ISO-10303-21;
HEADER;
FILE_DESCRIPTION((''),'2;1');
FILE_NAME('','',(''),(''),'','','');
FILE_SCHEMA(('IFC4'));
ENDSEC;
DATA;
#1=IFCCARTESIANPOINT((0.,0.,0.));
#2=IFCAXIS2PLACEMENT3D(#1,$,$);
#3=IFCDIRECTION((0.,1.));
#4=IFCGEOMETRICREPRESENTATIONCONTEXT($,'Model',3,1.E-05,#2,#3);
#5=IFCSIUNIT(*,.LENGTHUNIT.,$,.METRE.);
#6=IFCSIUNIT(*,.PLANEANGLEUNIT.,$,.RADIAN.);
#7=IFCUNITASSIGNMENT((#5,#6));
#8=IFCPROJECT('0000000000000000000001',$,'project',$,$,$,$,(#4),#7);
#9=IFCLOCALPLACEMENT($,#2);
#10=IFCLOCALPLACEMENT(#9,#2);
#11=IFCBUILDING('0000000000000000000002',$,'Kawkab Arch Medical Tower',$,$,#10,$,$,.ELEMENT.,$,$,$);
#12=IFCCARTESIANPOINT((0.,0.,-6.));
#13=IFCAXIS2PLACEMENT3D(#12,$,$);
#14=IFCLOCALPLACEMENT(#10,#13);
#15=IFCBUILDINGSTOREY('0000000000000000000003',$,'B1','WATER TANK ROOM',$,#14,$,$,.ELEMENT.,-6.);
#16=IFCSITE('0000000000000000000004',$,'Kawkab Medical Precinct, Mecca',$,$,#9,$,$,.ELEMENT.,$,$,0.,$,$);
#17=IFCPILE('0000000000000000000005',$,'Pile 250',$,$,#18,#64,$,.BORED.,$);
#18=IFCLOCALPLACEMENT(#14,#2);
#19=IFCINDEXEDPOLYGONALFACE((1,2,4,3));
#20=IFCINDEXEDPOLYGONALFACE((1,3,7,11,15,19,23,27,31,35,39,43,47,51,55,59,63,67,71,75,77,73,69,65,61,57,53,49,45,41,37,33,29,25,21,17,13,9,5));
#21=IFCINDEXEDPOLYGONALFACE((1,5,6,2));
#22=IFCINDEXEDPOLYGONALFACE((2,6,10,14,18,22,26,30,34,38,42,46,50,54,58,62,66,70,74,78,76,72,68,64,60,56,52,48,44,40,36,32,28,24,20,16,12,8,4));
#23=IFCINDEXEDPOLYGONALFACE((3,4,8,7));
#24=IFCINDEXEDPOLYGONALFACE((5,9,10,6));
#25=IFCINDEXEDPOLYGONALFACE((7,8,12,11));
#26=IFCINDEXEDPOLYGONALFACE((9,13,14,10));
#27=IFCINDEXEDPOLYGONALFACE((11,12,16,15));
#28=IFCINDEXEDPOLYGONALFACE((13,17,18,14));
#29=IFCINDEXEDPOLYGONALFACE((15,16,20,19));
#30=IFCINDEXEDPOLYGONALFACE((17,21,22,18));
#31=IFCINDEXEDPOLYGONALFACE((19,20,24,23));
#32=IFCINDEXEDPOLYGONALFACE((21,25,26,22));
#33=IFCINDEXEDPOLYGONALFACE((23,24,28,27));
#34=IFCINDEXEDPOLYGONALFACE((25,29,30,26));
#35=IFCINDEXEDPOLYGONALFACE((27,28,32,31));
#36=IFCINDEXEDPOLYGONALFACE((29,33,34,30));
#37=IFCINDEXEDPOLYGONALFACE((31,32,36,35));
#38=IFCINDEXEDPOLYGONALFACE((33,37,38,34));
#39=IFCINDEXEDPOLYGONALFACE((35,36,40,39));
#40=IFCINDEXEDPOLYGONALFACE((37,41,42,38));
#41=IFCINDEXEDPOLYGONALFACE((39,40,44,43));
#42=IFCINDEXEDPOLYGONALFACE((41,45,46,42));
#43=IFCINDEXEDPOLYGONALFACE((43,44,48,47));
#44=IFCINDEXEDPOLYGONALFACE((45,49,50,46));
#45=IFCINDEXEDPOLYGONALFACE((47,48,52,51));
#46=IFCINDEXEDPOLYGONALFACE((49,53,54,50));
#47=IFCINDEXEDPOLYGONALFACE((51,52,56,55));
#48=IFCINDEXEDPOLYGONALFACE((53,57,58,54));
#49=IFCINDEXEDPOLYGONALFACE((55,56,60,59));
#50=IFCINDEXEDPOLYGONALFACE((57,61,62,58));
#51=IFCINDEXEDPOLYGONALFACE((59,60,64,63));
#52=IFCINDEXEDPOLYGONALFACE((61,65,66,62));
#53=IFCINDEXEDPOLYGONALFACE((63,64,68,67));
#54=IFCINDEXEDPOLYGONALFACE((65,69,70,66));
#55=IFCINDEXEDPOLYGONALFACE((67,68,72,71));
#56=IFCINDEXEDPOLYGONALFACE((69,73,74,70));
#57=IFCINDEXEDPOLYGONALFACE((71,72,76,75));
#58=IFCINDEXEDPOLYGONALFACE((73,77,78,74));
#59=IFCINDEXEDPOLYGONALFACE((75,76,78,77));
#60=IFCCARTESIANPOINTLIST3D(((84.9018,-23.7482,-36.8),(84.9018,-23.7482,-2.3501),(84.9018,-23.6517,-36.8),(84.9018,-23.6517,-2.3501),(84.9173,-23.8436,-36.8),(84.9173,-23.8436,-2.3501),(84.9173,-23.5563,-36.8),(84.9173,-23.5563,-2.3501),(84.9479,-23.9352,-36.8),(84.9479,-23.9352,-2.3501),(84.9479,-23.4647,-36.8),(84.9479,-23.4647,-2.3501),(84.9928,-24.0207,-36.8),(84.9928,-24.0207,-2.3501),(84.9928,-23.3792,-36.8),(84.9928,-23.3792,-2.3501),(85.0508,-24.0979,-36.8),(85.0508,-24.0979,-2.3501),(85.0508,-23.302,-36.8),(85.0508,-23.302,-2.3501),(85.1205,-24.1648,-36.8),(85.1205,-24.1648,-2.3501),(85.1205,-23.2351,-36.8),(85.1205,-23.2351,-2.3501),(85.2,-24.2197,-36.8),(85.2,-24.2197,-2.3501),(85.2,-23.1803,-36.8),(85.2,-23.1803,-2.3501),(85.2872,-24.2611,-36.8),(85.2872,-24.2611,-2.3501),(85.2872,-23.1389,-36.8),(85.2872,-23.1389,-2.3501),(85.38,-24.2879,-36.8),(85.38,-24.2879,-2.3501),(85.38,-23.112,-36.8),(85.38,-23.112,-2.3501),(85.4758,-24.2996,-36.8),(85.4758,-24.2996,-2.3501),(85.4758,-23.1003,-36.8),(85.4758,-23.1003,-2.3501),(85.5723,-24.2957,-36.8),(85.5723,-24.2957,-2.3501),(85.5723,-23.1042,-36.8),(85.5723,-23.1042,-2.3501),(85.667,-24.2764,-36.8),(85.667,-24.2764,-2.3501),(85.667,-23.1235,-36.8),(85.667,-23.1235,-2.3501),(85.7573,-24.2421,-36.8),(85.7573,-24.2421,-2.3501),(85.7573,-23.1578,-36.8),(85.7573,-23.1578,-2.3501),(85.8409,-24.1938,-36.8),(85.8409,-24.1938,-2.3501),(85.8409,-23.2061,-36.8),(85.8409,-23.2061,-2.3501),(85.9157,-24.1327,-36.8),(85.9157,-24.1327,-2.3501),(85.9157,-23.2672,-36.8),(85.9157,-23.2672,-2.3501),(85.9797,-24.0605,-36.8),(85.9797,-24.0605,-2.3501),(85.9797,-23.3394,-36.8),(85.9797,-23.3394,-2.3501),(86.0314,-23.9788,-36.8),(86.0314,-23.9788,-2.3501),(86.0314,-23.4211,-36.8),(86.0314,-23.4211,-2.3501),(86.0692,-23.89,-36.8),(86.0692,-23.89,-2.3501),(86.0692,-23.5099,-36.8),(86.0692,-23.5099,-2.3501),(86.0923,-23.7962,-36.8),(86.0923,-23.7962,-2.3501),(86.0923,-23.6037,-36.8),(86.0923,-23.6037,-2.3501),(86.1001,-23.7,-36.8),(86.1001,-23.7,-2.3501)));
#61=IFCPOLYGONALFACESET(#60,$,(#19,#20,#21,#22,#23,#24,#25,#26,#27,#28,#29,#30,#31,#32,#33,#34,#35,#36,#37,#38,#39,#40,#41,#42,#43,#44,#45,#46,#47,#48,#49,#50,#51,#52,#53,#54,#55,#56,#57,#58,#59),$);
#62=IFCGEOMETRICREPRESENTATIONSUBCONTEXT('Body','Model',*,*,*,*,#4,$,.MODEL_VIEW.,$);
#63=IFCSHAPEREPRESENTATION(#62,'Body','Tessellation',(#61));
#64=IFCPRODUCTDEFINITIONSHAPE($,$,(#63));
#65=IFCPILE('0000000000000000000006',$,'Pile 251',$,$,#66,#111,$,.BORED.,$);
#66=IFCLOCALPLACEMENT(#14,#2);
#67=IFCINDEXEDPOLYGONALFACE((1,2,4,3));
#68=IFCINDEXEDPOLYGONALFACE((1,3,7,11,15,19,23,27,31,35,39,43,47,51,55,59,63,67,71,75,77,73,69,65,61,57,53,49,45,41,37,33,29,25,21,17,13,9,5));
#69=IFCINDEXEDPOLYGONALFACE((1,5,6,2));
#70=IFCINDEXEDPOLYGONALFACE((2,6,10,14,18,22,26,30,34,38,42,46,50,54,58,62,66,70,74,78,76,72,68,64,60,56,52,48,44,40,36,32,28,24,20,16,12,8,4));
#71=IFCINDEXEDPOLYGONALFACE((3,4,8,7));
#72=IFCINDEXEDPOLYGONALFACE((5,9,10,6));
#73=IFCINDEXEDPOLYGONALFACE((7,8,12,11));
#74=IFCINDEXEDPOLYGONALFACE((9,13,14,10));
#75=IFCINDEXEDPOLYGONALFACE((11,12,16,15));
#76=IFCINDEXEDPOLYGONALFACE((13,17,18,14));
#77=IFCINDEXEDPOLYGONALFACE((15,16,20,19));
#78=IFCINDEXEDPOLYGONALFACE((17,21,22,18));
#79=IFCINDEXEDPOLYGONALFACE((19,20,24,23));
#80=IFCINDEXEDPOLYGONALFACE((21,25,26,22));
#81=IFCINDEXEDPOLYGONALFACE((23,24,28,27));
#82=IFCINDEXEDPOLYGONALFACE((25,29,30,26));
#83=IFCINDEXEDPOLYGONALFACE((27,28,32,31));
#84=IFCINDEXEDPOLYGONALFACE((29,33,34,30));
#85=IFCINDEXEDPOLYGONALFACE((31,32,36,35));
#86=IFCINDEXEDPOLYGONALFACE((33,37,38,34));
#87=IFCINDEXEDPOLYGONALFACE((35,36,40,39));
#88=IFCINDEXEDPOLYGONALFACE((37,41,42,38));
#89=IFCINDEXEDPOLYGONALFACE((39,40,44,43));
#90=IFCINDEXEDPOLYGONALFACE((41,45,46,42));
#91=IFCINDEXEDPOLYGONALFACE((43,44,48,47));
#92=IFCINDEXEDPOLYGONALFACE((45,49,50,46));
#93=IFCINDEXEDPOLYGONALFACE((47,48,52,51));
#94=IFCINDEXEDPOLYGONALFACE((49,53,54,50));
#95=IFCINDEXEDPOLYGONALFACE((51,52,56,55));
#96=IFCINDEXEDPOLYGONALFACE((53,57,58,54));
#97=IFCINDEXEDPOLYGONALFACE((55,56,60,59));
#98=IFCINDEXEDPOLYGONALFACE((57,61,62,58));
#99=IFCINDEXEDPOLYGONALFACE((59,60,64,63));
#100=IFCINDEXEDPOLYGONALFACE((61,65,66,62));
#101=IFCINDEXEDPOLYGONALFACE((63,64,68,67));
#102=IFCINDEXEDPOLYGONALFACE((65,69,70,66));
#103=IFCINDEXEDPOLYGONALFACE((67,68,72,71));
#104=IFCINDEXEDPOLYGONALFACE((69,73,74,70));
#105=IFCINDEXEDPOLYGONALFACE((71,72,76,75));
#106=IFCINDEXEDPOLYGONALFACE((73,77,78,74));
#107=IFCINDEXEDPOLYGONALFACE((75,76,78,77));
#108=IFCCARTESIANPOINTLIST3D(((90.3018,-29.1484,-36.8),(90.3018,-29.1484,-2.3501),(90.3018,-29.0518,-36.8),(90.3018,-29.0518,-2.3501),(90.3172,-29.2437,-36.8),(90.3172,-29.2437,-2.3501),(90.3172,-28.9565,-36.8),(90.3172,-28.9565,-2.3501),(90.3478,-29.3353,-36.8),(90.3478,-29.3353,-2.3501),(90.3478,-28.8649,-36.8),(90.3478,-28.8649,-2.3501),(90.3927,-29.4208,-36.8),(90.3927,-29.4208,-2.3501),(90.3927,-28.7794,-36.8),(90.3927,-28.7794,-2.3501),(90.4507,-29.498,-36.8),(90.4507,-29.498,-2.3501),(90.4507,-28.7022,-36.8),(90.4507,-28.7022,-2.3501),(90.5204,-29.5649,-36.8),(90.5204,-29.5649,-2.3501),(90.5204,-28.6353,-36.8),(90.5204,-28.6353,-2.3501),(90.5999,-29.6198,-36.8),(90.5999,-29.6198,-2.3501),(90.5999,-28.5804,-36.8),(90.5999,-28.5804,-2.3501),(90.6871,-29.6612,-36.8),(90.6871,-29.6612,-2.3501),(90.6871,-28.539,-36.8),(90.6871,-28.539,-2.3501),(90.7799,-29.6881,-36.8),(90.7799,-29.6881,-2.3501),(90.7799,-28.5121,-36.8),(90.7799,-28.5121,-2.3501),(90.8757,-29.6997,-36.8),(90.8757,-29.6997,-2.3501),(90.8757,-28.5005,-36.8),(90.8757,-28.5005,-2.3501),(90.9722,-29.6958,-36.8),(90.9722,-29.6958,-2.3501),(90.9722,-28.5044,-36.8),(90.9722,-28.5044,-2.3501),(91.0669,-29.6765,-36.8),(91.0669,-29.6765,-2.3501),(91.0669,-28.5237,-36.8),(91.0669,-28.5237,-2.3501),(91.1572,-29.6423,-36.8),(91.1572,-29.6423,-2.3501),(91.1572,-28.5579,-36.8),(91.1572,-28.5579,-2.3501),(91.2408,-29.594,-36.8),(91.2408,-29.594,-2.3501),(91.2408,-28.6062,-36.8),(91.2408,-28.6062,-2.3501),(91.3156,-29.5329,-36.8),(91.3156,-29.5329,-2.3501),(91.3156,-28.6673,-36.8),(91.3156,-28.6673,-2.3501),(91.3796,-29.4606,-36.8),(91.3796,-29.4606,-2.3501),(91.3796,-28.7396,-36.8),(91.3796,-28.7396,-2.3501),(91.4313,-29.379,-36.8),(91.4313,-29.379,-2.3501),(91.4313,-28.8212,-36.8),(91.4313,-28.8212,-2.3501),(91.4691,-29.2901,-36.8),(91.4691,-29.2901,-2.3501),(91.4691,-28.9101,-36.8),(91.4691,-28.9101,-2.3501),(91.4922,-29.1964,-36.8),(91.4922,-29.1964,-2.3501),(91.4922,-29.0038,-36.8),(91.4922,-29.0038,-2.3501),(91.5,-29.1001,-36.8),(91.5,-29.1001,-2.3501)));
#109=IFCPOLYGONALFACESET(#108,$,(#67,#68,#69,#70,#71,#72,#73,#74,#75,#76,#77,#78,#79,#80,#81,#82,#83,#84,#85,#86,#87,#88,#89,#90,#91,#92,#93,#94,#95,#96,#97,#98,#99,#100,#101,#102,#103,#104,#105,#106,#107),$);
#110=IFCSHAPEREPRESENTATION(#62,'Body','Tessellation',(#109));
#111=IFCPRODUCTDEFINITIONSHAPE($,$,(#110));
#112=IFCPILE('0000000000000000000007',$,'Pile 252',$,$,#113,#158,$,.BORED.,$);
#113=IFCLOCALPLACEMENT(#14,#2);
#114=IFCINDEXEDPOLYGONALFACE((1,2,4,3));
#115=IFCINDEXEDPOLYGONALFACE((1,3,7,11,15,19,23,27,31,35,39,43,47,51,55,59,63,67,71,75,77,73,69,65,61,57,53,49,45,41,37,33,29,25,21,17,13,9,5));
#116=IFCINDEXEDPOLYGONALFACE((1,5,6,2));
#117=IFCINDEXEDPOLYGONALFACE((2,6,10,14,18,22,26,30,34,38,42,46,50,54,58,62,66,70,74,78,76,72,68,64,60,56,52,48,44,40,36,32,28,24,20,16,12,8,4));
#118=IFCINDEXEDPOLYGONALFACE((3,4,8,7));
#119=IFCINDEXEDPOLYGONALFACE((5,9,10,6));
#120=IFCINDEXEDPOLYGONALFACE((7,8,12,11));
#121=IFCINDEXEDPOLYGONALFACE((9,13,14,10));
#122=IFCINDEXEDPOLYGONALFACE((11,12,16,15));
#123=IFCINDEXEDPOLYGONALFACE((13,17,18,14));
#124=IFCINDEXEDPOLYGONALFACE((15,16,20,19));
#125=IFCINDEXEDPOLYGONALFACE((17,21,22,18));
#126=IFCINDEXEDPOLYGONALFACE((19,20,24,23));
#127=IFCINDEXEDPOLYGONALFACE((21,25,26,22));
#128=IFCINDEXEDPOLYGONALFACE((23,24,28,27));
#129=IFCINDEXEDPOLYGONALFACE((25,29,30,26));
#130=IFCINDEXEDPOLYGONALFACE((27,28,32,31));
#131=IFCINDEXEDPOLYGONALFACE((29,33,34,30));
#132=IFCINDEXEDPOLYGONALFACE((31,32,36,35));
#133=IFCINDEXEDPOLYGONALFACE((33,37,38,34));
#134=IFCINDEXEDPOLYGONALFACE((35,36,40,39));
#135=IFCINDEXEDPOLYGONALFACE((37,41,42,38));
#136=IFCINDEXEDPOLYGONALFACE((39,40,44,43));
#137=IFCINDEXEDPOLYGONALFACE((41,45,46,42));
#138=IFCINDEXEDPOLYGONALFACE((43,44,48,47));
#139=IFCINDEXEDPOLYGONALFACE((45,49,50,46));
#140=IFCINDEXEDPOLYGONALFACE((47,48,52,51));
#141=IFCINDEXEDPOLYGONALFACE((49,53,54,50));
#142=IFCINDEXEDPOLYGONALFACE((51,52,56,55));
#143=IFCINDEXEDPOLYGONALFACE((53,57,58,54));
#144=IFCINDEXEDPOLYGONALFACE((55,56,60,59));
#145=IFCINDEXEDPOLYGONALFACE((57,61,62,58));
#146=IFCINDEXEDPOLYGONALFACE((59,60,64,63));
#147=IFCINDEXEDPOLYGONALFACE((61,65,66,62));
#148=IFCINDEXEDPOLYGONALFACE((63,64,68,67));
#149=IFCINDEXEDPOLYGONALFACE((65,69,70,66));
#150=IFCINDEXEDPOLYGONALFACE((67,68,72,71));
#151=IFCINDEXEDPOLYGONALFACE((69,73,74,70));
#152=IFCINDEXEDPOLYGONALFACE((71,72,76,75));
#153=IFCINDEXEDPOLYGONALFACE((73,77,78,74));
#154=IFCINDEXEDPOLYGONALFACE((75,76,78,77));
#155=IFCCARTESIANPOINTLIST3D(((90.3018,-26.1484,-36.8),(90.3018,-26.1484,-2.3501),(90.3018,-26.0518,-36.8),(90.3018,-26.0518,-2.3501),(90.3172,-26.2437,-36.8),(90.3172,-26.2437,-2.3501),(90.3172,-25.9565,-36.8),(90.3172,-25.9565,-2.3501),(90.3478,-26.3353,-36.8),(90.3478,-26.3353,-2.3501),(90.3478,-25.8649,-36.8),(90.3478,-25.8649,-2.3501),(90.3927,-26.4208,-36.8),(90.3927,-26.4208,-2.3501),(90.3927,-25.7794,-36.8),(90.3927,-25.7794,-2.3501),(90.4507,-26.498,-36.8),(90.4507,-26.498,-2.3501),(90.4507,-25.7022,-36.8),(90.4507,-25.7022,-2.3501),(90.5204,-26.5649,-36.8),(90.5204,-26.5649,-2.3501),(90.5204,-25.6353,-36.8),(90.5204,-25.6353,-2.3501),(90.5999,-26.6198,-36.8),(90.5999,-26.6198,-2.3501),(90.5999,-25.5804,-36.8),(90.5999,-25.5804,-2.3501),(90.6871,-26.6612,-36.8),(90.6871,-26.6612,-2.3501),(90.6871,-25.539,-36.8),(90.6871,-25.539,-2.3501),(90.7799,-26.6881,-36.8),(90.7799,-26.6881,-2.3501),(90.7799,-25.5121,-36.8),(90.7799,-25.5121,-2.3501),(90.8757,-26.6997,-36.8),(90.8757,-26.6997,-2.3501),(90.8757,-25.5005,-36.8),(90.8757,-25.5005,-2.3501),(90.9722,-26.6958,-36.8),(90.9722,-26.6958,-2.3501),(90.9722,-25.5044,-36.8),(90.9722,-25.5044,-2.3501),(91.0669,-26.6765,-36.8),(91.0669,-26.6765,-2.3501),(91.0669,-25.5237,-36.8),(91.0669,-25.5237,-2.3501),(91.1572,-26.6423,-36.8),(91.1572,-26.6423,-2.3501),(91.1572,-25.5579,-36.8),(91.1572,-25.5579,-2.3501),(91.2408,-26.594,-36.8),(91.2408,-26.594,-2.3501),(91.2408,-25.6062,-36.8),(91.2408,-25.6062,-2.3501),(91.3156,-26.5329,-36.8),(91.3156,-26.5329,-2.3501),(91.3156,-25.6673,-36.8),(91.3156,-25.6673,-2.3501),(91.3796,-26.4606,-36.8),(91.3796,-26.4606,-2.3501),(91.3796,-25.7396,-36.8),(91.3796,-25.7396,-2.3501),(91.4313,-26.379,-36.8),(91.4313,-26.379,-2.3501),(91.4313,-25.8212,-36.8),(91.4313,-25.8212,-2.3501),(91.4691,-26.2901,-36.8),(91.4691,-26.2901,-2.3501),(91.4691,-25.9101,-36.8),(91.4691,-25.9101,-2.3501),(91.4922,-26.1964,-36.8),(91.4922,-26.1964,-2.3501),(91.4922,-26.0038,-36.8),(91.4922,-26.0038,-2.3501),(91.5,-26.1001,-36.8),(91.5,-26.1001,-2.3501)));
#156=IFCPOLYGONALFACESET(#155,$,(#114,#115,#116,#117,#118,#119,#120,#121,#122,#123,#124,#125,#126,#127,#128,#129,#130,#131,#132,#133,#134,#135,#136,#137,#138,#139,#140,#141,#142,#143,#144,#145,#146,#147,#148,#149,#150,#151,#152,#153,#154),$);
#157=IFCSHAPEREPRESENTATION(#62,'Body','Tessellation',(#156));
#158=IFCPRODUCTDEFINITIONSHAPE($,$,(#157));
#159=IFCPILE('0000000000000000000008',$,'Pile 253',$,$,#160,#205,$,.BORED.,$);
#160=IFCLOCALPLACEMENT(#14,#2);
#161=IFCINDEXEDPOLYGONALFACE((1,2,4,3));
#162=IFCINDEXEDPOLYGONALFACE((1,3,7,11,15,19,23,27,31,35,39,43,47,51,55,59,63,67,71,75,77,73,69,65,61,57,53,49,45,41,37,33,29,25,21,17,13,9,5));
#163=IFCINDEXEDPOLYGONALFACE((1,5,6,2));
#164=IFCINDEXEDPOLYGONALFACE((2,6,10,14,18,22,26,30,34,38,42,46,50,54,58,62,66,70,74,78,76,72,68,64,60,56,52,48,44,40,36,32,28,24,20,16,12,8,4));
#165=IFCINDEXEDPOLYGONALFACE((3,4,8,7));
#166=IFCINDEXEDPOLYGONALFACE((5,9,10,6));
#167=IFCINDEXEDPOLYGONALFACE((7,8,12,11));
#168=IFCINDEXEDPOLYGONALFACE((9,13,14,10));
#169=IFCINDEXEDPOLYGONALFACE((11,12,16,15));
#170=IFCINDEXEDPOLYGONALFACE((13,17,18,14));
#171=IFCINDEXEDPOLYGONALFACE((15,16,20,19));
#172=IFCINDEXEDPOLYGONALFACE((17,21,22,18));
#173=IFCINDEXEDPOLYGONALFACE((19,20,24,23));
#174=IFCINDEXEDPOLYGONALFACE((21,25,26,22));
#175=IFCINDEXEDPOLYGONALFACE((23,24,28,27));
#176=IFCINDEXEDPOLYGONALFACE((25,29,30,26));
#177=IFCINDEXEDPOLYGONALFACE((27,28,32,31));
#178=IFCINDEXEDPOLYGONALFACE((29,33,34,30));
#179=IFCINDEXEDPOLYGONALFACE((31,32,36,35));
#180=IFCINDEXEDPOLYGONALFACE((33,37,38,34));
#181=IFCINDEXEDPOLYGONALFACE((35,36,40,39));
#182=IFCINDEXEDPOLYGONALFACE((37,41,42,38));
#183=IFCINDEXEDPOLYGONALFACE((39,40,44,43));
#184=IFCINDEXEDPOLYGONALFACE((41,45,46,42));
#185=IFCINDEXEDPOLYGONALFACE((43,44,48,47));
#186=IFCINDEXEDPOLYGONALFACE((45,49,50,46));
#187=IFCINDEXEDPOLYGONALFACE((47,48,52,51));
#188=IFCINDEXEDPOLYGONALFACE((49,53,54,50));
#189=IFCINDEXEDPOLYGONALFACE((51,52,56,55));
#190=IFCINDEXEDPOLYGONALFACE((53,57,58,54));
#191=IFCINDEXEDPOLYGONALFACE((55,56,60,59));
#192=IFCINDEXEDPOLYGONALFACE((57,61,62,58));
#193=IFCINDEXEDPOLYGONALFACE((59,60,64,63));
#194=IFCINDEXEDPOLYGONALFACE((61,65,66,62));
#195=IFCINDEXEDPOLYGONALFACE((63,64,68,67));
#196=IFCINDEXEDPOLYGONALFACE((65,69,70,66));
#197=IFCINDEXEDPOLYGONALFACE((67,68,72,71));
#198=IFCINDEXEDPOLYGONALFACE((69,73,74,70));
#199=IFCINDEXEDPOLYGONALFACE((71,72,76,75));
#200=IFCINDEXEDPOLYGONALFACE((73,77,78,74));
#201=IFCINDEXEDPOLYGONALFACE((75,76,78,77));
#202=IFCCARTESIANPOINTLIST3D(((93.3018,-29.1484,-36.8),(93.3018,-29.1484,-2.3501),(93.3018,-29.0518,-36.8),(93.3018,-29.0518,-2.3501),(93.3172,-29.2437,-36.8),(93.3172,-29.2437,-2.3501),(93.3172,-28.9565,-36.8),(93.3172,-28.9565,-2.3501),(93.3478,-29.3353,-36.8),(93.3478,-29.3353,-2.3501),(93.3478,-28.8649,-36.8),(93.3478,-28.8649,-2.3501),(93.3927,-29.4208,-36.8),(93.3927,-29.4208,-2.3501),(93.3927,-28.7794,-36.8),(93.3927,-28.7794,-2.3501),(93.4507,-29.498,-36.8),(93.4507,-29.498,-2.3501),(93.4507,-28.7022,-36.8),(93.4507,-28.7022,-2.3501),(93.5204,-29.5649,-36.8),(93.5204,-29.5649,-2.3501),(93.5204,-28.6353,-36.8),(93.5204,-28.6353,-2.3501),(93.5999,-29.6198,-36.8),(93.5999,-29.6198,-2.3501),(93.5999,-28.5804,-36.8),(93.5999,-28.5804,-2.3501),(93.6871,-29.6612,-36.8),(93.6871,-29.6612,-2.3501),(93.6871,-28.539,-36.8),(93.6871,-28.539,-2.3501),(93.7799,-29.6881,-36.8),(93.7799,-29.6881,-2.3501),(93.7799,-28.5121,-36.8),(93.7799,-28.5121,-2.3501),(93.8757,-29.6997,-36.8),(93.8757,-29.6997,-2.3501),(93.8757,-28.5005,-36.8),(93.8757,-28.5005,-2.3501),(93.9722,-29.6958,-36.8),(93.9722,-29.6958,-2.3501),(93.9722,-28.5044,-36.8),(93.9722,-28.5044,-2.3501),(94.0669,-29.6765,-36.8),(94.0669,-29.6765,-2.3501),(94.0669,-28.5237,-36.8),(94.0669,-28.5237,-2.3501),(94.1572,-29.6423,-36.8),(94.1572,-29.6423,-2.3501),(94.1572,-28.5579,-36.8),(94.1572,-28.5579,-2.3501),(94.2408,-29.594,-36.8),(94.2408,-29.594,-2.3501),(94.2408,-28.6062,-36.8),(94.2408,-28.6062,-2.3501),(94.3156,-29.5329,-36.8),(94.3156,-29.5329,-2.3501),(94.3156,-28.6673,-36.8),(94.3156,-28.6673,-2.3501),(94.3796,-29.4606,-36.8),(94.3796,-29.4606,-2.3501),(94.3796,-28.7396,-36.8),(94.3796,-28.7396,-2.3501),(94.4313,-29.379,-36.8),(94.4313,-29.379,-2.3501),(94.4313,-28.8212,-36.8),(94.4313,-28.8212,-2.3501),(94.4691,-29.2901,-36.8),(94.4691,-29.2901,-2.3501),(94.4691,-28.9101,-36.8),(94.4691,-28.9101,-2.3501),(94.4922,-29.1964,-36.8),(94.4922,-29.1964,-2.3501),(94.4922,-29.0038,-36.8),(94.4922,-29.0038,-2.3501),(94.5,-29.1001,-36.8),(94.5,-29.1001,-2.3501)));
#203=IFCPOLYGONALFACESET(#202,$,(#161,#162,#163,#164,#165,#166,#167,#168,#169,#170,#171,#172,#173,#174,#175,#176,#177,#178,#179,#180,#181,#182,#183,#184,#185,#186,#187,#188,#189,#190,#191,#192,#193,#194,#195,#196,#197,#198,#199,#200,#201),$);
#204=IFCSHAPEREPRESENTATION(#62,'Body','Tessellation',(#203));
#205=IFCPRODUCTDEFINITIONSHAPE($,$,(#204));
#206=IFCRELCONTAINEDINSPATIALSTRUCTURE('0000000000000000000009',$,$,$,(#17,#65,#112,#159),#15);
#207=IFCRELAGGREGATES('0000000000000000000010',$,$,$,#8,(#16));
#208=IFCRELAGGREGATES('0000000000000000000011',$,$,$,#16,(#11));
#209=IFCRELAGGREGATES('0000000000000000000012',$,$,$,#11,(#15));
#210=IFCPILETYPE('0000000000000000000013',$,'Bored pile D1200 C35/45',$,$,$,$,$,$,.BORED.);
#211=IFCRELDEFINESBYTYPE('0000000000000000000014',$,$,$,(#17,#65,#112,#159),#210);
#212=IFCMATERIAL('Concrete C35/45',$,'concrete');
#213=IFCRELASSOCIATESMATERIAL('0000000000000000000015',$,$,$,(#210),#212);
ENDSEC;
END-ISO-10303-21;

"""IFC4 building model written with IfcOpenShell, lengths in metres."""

from ifc_helpers import new_model, si_unit, direction, frame, origin, origin_2d, place, context, subcontext, project, spatial, circle, extrude, material, material_profile, profile_set, type_object, element, save


model = new_model("IFC4")

# Units and contexts
model_context = context("Model", 3, precision=1e-05, world=origin(), true_north=direction((0.0, 1.0)))
body_context = subcontext(model_context, "Body", "Model", "MODEL_VIEW")
ifc_project = project(units=[si_unit("LENGTHUNIT", "METRE"), si_unit("PLANEANGLEUNIT", "RADIAN")], contexts=[model_context])

# Site, building, storey
site_placement = place(None, origin())
site = spatial("IfcSite", under=ifc_project, at=site_placement, Name="Kawkab Medical Precinct, Mecca", CompositionType="ELEMENT", RefElevation=0.0)
building_placement = place(site_placement, origin())
building = spatial("IfcBuilding", under=site, at=building_placement, Name="Kawkab Arch Medical Tower", CompositionType="ELEMENT")
storey_placement = place(building_placement, frame((0.0, 0.0, -6.0)))
storey = spatial("IfcBuildingStorey", under=building, at=storey_placement, Name="B1", Description="WATER TANK ROOM", CompositionType="ELEMENT", Elevation=-6.0)

# Piles
ifc_material_1 = material(Name="Concrete C35/45", Category="concrete")
ifc_material_profile_1 = material_profile(ifc_material_1, circle(Radius=0.6001, at=origin_2d()), Name="Bored pile D1200")
ifc_profile_set_1 = profile_set([ifc_material_profile_1], Name="Concrete C35/45")
pile_type_1 = type_object("IfcPileType", Name="Bored pile D1200 C35/45", PredefinedType="BORED", material=ifc_profile_set_1)
for number, where, z_axis, x_axis, name in (
    (1, (85.5, -23.7, -2.3501), (0.0, 0.0, -1.0), (1.0, 0.0, 0.0), "Pile 250"),
    (2, (90.8999, -29.1001, -2.3501), (0.0, 0.0, -1.0), (1.0, 0.0, 0.0), "Pile 251"),
    (3, (90.8999, -26.1001, -2.3501), (0.0, 0.0, -1.0), (1.0, 0.0, 0.0), "Pile 252"),
    (4, (93.8999, -29.1001, -2.3501), (0.0, 0.0, -1.0), (1.0, 0.0, 0.0), "Pile 253"),
):
    element("IfcPile", number, at=place(storey_placement, frame(where, z_axis=z_axis, x_axis=x_axis)), inside=storey, type_object=pile_type_1, Name=name, PredefinedType="BORED", context=body_context, shape_type="SweptSolid", body=[
        extrude(circle(Radius=0.6001, at=origin_2d()), origin(), (0.0, 0.0, 1.0), 34.45),
    ])

save(model, "model.ifc")
